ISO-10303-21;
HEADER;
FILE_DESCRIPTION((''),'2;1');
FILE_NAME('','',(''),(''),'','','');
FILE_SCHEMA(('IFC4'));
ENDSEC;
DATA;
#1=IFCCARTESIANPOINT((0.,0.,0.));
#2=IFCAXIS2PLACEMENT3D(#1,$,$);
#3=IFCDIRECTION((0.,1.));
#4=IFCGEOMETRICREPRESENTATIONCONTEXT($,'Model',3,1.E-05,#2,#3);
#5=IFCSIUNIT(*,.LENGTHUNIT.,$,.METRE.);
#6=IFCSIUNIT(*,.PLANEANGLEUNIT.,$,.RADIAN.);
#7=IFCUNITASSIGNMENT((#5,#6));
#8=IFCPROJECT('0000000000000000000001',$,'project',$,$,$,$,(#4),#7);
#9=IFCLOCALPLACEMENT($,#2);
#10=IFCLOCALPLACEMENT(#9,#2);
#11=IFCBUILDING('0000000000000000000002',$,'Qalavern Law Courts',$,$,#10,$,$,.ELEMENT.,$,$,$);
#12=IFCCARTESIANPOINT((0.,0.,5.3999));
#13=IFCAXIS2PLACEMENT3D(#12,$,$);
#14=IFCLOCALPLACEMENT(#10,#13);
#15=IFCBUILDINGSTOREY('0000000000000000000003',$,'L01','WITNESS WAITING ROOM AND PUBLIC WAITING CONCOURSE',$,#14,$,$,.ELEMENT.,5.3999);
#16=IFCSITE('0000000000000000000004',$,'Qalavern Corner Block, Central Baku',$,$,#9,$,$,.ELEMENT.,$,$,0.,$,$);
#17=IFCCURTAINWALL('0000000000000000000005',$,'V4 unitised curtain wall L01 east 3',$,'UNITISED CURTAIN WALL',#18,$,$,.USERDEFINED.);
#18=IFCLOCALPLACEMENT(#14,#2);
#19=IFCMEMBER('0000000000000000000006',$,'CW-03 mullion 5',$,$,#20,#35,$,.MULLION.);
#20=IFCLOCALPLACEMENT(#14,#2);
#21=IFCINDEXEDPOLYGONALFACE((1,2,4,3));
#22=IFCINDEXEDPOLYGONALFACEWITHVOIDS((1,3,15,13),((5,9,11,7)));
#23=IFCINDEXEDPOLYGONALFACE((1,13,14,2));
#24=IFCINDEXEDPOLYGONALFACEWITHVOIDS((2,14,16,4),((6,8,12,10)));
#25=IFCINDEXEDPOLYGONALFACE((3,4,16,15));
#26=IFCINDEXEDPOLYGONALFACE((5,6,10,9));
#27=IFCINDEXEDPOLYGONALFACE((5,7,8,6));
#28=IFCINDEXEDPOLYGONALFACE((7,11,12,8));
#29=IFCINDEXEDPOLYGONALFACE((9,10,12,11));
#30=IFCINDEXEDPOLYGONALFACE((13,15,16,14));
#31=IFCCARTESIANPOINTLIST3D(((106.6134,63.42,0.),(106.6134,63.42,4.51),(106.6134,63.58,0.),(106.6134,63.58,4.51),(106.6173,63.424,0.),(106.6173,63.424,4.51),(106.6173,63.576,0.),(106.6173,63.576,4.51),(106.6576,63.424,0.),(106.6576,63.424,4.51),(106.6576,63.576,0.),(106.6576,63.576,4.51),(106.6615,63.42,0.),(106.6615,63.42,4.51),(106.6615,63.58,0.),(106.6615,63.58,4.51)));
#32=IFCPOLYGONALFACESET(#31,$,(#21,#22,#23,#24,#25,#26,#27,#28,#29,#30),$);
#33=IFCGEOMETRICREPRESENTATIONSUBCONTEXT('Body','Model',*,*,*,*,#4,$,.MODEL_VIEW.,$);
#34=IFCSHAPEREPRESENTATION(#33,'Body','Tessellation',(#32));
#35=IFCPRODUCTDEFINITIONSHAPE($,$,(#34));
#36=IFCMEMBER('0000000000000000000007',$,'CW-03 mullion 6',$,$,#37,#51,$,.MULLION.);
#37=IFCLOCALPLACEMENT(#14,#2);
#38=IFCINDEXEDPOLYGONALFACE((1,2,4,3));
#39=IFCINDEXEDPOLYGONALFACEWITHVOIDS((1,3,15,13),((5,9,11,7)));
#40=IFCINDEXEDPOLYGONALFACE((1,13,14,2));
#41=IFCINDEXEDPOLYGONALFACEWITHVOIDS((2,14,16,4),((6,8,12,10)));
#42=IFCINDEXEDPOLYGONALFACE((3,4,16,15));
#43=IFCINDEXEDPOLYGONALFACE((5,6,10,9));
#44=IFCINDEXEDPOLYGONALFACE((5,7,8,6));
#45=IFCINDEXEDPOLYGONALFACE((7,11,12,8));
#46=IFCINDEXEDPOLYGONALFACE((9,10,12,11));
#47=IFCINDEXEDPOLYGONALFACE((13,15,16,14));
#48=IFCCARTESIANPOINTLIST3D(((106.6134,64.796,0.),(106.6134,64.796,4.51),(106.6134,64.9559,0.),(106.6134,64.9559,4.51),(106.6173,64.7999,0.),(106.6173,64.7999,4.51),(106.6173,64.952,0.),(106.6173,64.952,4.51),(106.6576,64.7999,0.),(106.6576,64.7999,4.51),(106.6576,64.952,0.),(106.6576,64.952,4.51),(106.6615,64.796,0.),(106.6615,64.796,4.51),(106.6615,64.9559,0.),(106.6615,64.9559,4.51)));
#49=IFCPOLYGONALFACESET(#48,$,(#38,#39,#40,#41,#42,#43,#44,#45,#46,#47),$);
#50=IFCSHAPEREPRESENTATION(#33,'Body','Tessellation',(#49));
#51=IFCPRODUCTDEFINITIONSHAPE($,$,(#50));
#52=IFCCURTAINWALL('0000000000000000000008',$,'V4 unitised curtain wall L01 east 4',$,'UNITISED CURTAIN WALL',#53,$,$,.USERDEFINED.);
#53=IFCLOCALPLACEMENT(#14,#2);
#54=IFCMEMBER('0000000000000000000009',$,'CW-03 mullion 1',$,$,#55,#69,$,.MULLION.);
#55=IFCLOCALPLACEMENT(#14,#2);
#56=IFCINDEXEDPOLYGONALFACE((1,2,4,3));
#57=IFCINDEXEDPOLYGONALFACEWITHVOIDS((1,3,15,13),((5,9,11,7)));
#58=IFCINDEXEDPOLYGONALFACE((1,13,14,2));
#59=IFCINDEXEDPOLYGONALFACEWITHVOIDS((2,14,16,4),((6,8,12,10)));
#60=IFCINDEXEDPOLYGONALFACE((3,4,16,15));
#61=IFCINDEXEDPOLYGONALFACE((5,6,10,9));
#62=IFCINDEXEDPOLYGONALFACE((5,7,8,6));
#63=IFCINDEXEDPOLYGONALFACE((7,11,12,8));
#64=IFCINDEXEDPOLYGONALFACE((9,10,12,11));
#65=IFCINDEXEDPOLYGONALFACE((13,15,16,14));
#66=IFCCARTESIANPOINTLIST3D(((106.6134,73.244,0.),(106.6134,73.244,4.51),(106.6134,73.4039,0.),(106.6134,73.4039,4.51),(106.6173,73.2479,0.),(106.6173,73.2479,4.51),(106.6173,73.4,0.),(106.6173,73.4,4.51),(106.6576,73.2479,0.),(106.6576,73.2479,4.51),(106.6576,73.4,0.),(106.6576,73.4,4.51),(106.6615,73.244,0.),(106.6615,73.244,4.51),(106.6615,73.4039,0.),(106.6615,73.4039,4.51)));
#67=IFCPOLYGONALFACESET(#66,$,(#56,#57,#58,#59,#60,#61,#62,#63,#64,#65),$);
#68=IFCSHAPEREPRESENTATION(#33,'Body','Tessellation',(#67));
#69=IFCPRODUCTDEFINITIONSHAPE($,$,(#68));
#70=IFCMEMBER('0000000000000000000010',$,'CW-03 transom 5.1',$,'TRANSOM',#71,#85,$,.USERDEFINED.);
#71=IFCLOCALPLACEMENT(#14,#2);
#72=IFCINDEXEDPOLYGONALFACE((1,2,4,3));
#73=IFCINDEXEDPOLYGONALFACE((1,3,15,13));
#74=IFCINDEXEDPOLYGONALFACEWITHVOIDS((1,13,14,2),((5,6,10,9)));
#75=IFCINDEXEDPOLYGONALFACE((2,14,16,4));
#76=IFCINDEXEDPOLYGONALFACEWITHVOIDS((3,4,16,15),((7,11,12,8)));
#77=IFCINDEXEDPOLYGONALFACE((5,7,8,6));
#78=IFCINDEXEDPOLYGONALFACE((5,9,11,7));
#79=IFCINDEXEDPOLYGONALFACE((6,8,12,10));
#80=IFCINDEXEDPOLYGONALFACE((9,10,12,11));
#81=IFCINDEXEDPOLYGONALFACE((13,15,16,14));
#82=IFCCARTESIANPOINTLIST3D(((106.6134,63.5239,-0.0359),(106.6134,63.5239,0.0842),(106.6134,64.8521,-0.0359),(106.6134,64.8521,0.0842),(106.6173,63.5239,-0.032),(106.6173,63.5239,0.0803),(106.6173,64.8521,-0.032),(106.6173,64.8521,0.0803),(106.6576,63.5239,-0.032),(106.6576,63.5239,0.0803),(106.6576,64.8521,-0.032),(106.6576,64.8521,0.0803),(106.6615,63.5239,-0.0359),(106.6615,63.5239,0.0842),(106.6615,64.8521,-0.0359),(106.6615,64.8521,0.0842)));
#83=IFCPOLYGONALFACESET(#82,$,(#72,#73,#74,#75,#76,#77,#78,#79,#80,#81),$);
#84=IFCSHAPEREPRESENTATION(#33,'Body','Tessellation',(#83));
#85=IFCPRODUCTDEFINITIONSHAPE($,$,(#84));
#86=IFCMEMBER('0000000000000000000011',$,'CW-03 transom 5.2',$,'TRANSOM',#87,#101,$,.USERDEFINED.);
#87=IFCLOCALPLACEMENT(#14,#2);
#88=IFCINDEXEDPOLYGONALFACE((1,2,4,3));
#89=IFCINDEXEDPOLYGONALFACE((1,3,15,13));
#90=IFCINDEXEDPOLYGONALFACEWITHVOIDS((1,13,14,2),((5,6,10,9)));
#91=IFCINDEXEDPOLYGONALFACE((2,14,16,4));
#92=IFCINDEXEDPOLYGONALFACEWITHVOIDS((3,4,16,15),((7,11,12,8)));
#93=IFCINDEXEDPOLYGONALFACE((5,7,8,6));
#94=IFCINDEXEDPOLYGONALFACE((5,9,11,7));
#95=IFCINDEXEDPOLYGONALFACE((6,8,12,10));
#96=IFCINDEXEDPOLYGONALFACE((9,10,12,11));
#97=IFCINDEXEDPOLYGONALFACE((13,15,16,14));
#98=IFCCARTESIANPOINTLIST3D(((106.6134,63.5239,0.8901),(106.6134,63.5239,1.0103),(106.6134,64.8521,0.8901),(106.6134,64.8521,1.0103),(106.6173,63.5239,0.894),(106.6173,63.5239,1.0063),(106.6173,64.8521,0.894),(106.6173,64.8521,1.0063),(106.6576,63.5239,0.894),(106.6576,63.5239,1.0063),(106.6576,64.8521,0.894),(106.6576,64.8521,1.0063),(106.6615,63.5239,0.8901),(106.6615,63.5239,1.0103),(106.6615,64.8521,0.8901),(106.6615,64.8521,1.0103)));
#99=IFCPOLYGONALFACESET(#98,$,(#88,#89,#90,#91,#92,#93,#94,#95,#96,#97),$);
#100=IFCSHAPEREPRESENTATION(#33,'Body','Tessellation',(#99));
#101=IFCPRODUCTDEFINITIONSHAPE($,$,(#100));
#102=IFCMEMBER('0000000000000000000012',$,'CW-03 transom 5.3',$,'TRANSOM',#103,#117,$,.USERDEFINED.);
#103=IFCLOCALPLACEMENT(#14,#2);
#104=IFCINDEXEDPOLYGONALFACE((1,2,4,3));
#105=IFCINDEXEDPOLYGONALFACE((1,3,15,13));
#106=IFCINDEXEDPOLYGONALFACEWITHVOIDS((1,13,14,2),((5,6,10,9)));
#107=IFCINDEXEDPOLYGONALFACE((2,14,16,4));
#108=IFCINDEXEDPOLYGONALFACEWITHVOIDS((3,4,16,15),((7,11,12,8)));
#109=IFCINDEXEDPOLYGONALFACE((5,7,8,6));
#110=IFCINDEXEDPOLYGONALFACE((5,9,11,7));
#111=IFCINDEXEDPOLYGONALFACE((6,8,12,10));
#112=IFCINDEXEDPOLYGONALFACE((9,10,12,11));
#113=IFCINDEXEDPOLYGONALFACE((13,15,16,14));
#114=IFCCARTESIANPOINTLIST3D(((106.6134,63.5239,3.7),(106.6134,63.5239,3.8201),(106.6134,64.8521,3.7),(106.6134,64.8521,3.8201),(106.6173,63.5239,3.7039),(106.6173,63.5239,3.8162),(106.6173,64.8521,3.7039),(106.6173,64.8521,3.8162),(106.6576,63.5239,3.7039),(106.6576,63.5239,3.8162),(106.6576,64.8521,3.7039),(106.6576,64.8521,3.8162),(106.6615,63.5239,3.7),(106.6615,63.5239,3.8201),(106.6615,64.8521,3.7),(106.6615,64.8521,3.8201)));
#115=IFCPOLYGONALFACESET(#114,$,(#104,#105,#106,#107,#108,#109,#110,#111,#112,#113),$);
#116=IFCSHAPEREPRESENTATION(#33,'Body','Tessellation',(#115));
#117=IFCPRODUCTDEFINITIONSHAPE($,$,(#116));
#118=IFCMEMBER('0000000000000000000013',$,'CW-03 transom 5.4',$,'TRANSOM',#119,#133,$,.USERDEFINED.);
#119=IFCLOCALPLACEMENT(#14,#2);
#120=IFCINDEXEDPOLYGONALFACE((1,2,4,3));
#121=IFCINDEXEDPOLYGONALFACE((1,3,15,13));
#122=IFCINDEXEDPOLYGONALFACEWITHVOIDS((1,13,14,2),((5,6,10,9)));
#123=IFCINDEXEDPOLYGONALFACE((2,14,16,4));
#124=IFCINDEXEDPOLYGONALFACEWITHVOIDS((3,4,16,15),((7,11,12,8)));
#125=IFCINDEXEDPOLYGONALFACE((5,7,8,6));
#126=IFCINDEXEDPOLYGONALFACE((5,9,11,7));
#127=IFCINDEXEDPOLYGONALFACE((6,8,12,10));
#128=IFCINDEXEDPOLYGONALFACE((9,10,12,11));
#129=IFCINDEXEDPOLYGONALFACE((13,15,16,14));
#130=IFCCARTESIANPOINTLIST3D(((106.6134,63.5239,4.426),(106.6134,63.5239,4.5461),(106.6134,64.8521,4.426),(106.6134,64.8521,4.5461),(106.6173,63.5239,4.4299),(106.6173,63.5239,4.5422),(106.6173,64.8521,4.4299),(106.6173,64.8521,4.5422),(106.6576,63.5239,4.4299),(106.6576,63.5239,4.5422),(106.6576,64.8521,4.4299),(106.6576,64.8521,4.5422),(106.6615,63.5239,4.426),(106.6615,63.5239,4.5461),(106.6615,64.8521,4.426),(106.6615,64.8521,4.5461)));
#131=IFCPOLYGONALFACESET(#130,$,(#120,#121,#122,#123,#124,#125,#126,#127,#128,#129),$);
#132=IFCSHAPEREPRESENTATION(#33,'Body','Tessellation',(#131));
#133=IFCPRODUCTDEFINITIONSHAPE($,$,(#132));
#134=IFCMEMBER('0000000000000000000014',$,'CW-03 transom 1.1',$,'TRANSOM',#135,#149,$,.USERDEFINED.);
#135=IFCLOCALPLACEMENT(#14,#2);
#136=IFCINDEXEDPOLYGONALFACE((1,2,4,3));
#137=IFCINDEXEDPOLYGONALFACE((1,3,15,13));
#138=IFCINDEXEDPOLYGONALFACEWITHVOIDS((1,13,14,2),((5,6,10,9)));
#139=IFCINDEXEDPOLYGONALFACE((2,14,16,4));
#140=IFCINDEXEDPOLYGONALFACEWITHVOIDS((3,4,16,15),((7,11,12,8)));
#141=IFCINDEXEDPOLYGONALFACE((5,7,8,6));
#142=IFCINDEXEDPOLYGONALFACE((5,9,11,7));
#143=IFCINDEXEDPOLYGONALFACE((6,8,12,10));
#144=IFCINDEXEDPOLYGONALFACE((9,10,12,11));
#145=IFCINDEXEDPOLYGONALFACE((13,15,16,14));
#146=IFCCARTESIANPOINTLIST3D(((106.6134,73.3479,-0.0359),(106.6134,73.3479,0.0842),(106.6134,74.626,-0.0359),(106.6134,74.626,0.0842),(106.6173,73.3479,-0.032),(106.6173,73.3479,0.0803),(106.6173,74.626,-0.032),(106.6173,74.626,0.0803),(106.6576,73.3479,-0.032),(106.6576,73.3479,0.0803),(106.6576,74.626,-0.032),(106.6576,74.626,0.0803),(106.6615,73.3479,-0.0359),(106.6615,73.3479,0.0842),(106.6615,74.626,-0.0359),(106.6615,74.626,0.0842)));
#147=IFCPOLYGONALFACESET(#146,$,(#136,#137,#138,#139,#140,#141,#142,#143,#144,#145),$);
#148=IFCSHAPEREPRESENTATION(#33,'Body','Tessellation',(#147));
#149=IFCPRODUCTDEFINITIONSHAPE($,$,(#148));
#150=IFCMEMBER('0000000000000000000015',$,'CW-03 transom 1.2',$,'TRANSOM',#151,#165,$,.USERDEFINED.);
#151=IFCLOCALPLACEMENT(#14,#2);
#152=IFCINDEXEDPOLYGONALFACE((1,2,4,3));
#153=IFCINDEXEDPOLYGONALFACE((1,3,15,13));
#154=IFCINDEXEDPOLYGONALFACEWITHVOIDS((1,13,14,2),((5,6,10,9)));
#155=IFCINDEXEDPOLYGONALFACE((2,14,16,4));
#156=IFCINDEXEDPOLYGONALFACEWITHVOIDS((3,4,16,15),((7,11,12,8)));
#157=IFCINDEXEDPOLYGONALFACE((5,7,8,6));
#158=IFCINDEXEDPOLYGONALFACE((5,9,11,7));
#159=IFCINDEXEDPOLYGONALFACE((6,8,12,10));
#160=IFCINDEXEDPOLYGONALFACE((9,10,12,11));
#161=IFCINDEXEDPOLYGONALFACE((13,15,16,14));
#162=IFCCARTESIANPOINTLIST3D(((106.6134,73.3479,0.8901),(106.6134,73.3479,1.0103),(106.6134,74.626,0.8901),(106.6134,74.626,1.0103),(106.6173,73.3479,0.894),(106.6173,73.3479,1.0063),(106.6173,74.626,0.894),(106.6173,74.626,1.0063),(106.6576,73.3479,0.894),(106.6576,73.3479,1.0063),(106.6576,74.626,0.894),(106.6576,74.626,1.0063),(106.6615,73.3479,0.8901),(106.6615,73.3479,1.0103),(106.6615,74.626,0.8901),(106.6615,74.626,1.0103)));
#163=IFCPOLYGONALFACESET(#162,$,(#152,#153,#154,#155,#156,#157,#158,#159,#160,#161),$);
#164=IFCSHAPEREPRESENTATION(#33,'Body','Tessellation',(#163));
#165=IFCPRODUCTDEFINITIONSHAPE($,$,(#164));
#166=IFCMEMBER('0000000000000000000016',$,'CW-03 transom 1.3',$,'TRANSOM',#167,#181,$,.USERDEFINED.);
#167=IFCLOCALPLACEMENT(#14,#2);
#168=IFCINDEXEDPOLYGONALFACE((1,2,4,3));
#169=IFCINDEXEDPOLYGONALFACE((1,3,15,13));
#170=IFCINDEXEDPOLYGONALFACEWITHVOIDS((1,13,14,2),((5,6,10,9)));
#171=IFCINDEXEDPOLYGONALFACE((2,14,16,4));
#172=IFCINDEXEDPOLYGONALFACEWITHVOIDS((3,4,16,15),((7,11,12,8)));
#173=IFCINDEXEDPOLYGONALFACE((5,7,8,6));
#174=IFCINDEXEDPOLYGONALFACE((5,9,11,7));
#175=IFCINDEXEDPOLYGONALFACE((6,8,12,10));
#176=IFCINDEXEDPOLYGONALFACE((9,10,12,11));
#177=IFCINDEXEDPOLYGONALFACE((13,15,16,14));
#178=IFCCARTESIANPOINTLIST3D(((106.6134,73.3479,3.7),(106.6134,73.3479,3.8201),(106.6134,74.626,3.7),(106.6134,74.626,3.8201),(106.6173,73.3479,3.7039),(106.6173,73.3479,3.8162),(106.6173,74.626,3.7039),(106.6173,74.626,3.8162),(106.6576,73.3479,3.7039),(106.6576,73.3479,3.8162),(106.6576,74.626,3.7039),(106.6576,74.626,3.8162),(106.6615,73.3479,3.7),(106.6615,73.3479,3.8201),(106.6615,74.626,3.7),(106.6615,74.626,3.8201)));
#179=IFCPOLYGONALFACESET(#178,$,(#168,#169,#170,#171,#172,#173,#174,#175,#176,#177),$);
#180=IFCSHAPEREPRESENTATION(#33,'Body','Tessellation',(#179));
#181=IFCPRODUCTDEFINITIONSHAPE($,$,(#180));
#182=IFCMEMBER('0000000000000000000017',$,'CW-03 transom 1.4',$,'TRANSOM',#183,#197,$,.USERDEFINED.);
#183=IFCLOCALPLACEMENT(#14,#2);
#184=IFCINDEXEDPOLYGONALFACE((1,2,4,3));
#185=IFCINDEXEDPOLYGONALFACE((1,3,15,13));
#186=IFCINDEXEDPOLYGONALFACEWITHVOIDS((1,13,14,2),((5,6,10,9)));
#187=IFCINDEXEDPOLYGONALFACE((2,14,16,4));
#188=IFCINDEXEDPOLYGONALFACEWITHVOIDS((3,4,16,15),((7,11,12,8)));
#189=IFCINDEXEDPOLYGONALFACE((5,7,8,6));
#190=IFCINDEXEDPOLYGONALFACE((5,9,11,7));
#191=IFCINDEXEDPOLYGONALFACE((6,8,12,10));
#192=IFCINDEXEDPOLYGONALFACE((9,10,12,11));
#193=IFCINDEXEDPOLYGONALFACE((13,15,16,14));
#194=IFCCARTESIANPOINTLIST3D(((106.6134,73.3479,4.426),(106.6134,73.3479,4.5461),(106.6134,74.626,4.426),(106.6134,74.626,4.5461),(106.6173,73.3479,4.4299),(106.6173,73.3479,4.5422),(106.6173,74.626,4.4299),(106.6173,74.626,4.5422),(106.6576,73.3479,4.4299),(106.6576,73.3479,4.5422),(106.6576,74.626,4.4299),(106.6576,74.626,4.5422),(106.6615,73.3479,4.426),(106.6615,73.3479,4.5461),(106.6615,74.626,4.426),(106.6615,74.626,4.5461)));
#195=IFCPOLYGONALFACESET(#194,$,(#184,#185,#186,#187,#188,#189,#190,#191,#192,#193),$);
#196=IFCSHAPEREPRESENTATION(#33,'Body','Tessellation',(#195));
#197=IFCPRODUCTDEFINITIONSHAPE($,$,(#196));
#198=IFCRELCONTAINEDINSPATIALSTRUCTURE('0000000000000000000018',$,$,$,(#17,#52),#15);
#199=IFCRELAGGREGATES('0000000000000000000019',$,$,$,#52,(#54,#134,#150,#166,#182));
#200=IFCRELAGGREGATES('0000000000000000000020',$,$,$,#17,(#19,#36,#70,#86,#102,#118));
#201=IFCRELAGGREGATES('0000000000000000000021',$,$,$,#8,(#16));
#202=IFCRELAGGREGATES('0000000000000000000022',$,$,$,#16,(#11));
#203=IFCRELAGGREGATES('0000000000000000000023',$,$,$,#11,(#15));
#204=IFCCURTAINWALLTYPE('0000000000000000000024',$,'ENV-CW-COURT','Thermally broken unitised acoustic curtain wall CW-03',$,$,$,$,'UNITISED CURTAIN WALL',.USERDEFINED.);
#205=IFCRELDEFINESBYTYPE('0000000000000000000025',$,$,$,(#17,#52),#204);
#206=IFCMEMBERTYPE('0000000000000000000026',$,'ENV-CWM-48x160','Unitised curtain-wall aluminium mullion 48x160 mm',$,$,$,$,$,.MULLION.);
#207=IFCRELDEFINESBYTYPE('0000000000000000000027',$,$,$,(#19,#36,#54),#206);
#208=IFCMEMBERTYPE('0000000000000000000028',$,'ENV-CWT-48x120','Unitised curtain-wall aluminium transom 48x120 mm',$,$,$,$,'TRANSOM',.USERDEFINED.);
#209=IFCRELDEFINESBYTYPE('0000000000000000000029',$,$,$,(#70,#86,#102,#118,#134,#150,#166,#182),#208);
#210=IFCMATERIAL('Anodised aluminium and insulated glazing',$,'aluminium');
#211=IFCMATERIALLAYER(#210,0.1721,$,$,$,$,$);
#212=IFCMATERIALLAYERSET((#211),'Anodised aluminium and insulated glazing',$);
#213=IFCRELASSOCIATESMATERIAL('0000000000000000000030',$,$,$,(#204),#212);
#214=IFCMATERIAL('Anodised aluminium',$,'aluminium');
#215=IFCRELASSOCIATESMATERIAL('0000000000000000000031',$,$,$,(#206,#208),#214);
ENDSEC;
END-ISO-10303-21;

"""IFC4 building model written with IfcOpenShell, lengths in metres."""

from ifc_helpers import new_model, si_unit, direction, frame, origin, origin_2d, place, context, subcontext, project, spatial, hollow_rectangle, extrude, material, layer, layer_set, material_profile, profile_set, type_object, element, aggregate, save


model = new_model("IFC4")

# Units and contexts
model_context = context("Model", 3, precision=1e-05, world=origin(), true_north=direction((0.0, 1.0)))
body_context = subcontext(model_context, "Body", "Model", "MODEL_VIEW")
ifc_project = project(units=[si_unit("LENGTHUNIT", "METRE"), si_unit("PLANEANGLEUNIT", "RADIAN")], contexts=[model_context])

# Site, building, storey
site_placement = place(None, origin())
site = spatial("IfcSite", under=ifc_project, at=site_placement, Name="Qalavern Corner Block, Central Baku", CompositionType="ELEMENT", RefElevation=0.0)
building_placement = place(site_placement, origin())
building = spatial("IfcBuilding", under=site, at=building_placement, Name="Qalavern Law Courts", CompositionType="ELEMENT")
storey_placement = place(building_placement, frame((0.0, 0.0, 5.3999)))
storey = spatial("IfcBuildingStorey", under=building, at=storey_placement, Name="L01", Description="WITNESS WAITING ROOM AND PUBLIC WAITING CONCOURSE", CompositionType="ELEMENT", Elevation=5.3999)

# Curtain wall, members
ifc_material_1 = material(Name="Anodised aluminium and insulated glazing", Category="aluminium")
ifc_layer_1 = layer(ifc_material_1, 0.1721)
ifc_layer_set_1 = layer_set([ifc_layer_1], Name="Anodised aluminium and insulated glazing")
curtain_wall_type = type_object("IfcCurtainWallType", Name="ENV-CW-COURT", Description="Thermally broken unitised acoustic curtain wall CW-03", ElementType="UNITISED CURTAIN WALL", PredefinedType="USERDEFINED", material=ifc_layer_set_1)
curtain_wall_1_placement = place(storey_placement, origin())
curtain_wall_1 = element("IfcCurtainWall", 1, at=curtain_wall_1_placement, inside=storey, type_object=curtain_wall_type, Name="V4 unitised curtain wall L01 east 3", ObjectType="UNITISED CURTAIN WALL", PredefinedType="USERDEFINED")
ifc_material_2 = material(Name="Anodised aluminium", Category="aluminium")
ifc_material_profile_1 = material_profile(ifc_material_2, hollow_rectangle(XDim=0.0481, YDim=0.1599, WallThickness=0.0039, at=origin_2d()), Name="ALU MULLION 48x160")
ifc_profile_set_1 = profile_set([ifc_material_profile_1], Name="Anodised aluminium")
member_type_1 = type_object("IfcMemberType", Name="ENV-CWM-48x160", Description="Unitised curtain-wall aluminium mullion 48x160 mm", PredefinedType="MULLION", material=ifc_profile_set_1)
member_1_placement = place(storey_placement, frame((106.6375, 63.5, 0.0), z_axis=(0.0, 0.0, 1.0), x_axis=(-1.0, 0.0, 0.0)))
member_1 = element("IfcMember", 2, at=member_1_placement, type_object=member_type_1, Name="CW-03 mullion 5", PredefinedType="MULLION", context=body_context, shape_type="SweptSolid", body=[
    extrude(hollow_rectangle(XDim=0.0481, YDim=0.1599, WallThickness=0.0039, at=origin_2d()), origin(), (0.0, 0.0, 1.0), 4.51),
])
member_2_placement = place(storey_placement, frame((106.6375, 64.876, 0.0), z_axis=(0.0, 0.0, 1.0), x_axis=(-1.0, 0.0, 0.0)))
member_2 = element("IfcMember", 3, at=member_2_placement, type_object=member_type_1, Name="CW-03 mullion 6", PredefinedType="MULLION", context=body_context, shape_type="SweptSolid", body=[
    extrude(hollow_rectangle(XDim=0.0481, YDim=0.1599, WallThickness=0.0039, at=origin_2d()), origin(), (0.0, 0.0, 1.0), 4.51),
])

# Curtain wall, member
curtain_wall_2_placement = place(storey_placement, origin())
curtain_wall_2 = element("IfcCurtainWall", 4, at=curtain_wall_2_placement, inside=storey, type_object=curtain_wall_type, Name="V4 unitised curtain wall L01 east 4", ObjectType="UNITISED CURTAIN WALL", PredefinedType="USERDEFINED")
member_3_placement = place(storey_placement, frame((106.6375, 73.324, 0.0), z_axis=(0.0, 0.0, 1.0), x_axis=(-1.0, 0.0, 0.0)))
member_3 = element("IfcMember", 5, at=member_3_placement, type_object=member_type_1, Name="CW-03 mullion 1", PredefinedType="MULLION", context=body_context, shape_type="SweptSolid", body=[
    extrude(hollow_rectangle(XDim=0.0481, YDim=0.1599, WallThickness=0.0039, at=origin_2d()), origin(), (0.0, 0.0, 1.0), 4.51),
])

# Members
ifc_material_profile_2 = material_profile(ifc_material_2, hollow_rectangle(XDim=0.0481, YDim=0.1201, WallThickness=0.0039, at=origin_2d()), Name="ALU TRANSOM 48x120")
ifc_profile_set_2 = profile_set([ifc_material_profile_2], Name="Anodised aluminium")
member_type_2 = type_object("IfcMemberType", Name="ENV-CWT-48x120", Description="Unitised curtain-wall aluminium transom 48x120 mm", ElementType="TRANSOM", PredefinedType="USERDEFINED", material=ifc_profile_set_2)
member_4_placement = place(storey_placement, frame((106.6375, 63.5239, 0.0242), z_axis=(0.0, 1.0, 0.0), x_axis=(-1.0, 0.0, 0.0)))
member_4 = element("IfcMember", 6, at=member_4_placement, type_object=member_type_2, Name="CW-03 transom 5.1", ObjectType="TRANSOM", PredefinedType="USERDEFINED", context=body_context, shape_type="SweptSolid", body=[
    extrude(hollow_rectangle(XDim=0.0481, YDim=0.1201, WallThickness=0.0039, at=origin_2d()), origin(), (0.0, 0.0, 1.0), 1.3281),
])
member_5_placement = place(storey_placement, frame((106.6375, 63.5239, 0.9502), z_axis=(0.0, 1.0, 0.0), x_axis=(-1.0, 0.0, 0.0)))
member_5 = element("IfcMember", 7, at=member_5_placement, type_object=member_type_2, Name="CW-03 transom 5.2", ObjectType="TRANSOM", PredefinedType="USERDEFINED", context=body_context, shape_type="SweptSolid", body=[
    extrude(hollow_rectangle(XDim=0.0481, YDim=0.1201, WallThickness=0.0039, at=origin_2d()), origin(), (0.0, 0.0, 1.0), 1.3281),
])
member_6_placement = place(storey_placement, frame((106.6375, 63.5239, 3.76), z_axis=(0.0, 1.0, 0.0), x_axis=(-1.0, 0.0, 0.0)))
member_6 = element("IfcMember", 8, at=member_6_placement, type_object=member_type_2, Name="CW-03 transom 5.3", ObjectType="TRANSOM", PredefinedType="USERDEFINED", context=body_context, shape_type="SweptSolid", body=[
    extrude(hollow_rectangle(XDim=0.0481, YDim=0.1201, WallThickness=0.0039, at=origin_2d()), origin(), (0.0, 0.0, 1.0), 1.3281),
])
member_7_placement = place(storey_placement, frame((106.6375, 63.5239, 4.4861), z_axis=(0.0, 1.0, 0.0), x_axis=(-1.0, 0.0, 0.0)))
member_7 = element("IfcMember", 9, at=member_7_placement, type_object=member_type_2, Name="CW-03 transom 5.4", ObjectType="TRANSOM", PredefinedType="USERDEFINED", context=body_context, shape_type="SweptSolid", body=[
    extrude(hollow_rectangle(XDim=0.0481, YDim=0.1201, WallThickness=0.0039, at=origin_2d()), origin(), (0.0, 0.0, 1.0), 1.3281),
])
member_8_placement = place(storey_placement, frame((106.6375, 73.3479, 0.0242), z_axis=(0.0, 1.0, 0.0), x_axis=(-1.0, 0.0, 0.0)))
member_8 = element("IfcMember", 10, at=member_8_placement, type_object=member_type_2, Name="CW-03 transom 1.1", ObjectType="TRANSOM", PredefinedType="USERDEFINED", context=body_context, shape_type="SweptSolid", body=[
    extrude(hollow_rectangle(XDim=0.0481, YDim=0.1201, WallThickness=0.0039, at=origin_2d()), origin(), (0.0, 0.0, 1.0), 1.2781),
])
member_9_placement = place(storey_placement, frame((106.6375, 73.3479, 0.9502), z_axis=(0.0, 1.0, 0.0), x_axis=(-1.0, 0.0, 0.0)))
member_9 = element("IfcMember", 11, at=member_9_placement, type_object=member_type_2, Name="CW-03 transom 1.2", ObjectType="TRANSOM", PredefinedType="USERDEFINED", context=body_context, shape_type="SweptSolid", body=[
    extrude(hollow_rectangle(XDim=0.0481, YDim=0.1201, WallThickness=0.0039, at=origin_2d()), origin(), (0.0, 0.0, 1.0), 1.2781),
])
member_10_placement = place(storey_placement, frame((106.6375, 73.3479, 3.76), z_axis=(0.0, 1.0, 0.0), x_axis=(-1.0, 0.0, 0.0)))
member_10 = element("IfcMember", 12, at=member_10_placement, type_object=member_type_2, Name="CW-03 transom 1.3", ObjectType="TRANSOM", PredefinedType="USERDEFINED", context=body_context, shape_type="SweptSolid", body=[
    extrude(hollow_rectangle(XDim=0.0481, YDim=0.1201, WallThickness=0.0039, at=origin_2d()), origin(), (0.0, 0.0, 1.0), 1.2781),
])
member_11_placement = place(storey_placement, frame((106.6375, 73.3479, 4.4861), z_axis=(0.0, 1.0, 0.0), x_axis=(-1.0, 0.0, 0.0)))
member_11 = element("IfcMember", 13, at=member_11_placement, type_object=member_type_2, Name="CW-03 transom 1.4", ObjectType="TRANSOM", PredefinedType="USERDEFINED", context=body_context, shape_type="SweptSolid", body=[
    extrude(hollow_rectangle(XDim=0.0481, YDim=0.1201, WallThickness=0.0039, at=origin_2d()), origin(), (0.0, 0.0, 1.0), 1.2781),
])

aggregate(curtain_wall_2, [member_3, member_8, member_9, member_10, member_11])
aggregate(curtain_wall_1, [member_1, member_2, member_4, member_5, member_6, member_7])

save(model, "model.ifc")
